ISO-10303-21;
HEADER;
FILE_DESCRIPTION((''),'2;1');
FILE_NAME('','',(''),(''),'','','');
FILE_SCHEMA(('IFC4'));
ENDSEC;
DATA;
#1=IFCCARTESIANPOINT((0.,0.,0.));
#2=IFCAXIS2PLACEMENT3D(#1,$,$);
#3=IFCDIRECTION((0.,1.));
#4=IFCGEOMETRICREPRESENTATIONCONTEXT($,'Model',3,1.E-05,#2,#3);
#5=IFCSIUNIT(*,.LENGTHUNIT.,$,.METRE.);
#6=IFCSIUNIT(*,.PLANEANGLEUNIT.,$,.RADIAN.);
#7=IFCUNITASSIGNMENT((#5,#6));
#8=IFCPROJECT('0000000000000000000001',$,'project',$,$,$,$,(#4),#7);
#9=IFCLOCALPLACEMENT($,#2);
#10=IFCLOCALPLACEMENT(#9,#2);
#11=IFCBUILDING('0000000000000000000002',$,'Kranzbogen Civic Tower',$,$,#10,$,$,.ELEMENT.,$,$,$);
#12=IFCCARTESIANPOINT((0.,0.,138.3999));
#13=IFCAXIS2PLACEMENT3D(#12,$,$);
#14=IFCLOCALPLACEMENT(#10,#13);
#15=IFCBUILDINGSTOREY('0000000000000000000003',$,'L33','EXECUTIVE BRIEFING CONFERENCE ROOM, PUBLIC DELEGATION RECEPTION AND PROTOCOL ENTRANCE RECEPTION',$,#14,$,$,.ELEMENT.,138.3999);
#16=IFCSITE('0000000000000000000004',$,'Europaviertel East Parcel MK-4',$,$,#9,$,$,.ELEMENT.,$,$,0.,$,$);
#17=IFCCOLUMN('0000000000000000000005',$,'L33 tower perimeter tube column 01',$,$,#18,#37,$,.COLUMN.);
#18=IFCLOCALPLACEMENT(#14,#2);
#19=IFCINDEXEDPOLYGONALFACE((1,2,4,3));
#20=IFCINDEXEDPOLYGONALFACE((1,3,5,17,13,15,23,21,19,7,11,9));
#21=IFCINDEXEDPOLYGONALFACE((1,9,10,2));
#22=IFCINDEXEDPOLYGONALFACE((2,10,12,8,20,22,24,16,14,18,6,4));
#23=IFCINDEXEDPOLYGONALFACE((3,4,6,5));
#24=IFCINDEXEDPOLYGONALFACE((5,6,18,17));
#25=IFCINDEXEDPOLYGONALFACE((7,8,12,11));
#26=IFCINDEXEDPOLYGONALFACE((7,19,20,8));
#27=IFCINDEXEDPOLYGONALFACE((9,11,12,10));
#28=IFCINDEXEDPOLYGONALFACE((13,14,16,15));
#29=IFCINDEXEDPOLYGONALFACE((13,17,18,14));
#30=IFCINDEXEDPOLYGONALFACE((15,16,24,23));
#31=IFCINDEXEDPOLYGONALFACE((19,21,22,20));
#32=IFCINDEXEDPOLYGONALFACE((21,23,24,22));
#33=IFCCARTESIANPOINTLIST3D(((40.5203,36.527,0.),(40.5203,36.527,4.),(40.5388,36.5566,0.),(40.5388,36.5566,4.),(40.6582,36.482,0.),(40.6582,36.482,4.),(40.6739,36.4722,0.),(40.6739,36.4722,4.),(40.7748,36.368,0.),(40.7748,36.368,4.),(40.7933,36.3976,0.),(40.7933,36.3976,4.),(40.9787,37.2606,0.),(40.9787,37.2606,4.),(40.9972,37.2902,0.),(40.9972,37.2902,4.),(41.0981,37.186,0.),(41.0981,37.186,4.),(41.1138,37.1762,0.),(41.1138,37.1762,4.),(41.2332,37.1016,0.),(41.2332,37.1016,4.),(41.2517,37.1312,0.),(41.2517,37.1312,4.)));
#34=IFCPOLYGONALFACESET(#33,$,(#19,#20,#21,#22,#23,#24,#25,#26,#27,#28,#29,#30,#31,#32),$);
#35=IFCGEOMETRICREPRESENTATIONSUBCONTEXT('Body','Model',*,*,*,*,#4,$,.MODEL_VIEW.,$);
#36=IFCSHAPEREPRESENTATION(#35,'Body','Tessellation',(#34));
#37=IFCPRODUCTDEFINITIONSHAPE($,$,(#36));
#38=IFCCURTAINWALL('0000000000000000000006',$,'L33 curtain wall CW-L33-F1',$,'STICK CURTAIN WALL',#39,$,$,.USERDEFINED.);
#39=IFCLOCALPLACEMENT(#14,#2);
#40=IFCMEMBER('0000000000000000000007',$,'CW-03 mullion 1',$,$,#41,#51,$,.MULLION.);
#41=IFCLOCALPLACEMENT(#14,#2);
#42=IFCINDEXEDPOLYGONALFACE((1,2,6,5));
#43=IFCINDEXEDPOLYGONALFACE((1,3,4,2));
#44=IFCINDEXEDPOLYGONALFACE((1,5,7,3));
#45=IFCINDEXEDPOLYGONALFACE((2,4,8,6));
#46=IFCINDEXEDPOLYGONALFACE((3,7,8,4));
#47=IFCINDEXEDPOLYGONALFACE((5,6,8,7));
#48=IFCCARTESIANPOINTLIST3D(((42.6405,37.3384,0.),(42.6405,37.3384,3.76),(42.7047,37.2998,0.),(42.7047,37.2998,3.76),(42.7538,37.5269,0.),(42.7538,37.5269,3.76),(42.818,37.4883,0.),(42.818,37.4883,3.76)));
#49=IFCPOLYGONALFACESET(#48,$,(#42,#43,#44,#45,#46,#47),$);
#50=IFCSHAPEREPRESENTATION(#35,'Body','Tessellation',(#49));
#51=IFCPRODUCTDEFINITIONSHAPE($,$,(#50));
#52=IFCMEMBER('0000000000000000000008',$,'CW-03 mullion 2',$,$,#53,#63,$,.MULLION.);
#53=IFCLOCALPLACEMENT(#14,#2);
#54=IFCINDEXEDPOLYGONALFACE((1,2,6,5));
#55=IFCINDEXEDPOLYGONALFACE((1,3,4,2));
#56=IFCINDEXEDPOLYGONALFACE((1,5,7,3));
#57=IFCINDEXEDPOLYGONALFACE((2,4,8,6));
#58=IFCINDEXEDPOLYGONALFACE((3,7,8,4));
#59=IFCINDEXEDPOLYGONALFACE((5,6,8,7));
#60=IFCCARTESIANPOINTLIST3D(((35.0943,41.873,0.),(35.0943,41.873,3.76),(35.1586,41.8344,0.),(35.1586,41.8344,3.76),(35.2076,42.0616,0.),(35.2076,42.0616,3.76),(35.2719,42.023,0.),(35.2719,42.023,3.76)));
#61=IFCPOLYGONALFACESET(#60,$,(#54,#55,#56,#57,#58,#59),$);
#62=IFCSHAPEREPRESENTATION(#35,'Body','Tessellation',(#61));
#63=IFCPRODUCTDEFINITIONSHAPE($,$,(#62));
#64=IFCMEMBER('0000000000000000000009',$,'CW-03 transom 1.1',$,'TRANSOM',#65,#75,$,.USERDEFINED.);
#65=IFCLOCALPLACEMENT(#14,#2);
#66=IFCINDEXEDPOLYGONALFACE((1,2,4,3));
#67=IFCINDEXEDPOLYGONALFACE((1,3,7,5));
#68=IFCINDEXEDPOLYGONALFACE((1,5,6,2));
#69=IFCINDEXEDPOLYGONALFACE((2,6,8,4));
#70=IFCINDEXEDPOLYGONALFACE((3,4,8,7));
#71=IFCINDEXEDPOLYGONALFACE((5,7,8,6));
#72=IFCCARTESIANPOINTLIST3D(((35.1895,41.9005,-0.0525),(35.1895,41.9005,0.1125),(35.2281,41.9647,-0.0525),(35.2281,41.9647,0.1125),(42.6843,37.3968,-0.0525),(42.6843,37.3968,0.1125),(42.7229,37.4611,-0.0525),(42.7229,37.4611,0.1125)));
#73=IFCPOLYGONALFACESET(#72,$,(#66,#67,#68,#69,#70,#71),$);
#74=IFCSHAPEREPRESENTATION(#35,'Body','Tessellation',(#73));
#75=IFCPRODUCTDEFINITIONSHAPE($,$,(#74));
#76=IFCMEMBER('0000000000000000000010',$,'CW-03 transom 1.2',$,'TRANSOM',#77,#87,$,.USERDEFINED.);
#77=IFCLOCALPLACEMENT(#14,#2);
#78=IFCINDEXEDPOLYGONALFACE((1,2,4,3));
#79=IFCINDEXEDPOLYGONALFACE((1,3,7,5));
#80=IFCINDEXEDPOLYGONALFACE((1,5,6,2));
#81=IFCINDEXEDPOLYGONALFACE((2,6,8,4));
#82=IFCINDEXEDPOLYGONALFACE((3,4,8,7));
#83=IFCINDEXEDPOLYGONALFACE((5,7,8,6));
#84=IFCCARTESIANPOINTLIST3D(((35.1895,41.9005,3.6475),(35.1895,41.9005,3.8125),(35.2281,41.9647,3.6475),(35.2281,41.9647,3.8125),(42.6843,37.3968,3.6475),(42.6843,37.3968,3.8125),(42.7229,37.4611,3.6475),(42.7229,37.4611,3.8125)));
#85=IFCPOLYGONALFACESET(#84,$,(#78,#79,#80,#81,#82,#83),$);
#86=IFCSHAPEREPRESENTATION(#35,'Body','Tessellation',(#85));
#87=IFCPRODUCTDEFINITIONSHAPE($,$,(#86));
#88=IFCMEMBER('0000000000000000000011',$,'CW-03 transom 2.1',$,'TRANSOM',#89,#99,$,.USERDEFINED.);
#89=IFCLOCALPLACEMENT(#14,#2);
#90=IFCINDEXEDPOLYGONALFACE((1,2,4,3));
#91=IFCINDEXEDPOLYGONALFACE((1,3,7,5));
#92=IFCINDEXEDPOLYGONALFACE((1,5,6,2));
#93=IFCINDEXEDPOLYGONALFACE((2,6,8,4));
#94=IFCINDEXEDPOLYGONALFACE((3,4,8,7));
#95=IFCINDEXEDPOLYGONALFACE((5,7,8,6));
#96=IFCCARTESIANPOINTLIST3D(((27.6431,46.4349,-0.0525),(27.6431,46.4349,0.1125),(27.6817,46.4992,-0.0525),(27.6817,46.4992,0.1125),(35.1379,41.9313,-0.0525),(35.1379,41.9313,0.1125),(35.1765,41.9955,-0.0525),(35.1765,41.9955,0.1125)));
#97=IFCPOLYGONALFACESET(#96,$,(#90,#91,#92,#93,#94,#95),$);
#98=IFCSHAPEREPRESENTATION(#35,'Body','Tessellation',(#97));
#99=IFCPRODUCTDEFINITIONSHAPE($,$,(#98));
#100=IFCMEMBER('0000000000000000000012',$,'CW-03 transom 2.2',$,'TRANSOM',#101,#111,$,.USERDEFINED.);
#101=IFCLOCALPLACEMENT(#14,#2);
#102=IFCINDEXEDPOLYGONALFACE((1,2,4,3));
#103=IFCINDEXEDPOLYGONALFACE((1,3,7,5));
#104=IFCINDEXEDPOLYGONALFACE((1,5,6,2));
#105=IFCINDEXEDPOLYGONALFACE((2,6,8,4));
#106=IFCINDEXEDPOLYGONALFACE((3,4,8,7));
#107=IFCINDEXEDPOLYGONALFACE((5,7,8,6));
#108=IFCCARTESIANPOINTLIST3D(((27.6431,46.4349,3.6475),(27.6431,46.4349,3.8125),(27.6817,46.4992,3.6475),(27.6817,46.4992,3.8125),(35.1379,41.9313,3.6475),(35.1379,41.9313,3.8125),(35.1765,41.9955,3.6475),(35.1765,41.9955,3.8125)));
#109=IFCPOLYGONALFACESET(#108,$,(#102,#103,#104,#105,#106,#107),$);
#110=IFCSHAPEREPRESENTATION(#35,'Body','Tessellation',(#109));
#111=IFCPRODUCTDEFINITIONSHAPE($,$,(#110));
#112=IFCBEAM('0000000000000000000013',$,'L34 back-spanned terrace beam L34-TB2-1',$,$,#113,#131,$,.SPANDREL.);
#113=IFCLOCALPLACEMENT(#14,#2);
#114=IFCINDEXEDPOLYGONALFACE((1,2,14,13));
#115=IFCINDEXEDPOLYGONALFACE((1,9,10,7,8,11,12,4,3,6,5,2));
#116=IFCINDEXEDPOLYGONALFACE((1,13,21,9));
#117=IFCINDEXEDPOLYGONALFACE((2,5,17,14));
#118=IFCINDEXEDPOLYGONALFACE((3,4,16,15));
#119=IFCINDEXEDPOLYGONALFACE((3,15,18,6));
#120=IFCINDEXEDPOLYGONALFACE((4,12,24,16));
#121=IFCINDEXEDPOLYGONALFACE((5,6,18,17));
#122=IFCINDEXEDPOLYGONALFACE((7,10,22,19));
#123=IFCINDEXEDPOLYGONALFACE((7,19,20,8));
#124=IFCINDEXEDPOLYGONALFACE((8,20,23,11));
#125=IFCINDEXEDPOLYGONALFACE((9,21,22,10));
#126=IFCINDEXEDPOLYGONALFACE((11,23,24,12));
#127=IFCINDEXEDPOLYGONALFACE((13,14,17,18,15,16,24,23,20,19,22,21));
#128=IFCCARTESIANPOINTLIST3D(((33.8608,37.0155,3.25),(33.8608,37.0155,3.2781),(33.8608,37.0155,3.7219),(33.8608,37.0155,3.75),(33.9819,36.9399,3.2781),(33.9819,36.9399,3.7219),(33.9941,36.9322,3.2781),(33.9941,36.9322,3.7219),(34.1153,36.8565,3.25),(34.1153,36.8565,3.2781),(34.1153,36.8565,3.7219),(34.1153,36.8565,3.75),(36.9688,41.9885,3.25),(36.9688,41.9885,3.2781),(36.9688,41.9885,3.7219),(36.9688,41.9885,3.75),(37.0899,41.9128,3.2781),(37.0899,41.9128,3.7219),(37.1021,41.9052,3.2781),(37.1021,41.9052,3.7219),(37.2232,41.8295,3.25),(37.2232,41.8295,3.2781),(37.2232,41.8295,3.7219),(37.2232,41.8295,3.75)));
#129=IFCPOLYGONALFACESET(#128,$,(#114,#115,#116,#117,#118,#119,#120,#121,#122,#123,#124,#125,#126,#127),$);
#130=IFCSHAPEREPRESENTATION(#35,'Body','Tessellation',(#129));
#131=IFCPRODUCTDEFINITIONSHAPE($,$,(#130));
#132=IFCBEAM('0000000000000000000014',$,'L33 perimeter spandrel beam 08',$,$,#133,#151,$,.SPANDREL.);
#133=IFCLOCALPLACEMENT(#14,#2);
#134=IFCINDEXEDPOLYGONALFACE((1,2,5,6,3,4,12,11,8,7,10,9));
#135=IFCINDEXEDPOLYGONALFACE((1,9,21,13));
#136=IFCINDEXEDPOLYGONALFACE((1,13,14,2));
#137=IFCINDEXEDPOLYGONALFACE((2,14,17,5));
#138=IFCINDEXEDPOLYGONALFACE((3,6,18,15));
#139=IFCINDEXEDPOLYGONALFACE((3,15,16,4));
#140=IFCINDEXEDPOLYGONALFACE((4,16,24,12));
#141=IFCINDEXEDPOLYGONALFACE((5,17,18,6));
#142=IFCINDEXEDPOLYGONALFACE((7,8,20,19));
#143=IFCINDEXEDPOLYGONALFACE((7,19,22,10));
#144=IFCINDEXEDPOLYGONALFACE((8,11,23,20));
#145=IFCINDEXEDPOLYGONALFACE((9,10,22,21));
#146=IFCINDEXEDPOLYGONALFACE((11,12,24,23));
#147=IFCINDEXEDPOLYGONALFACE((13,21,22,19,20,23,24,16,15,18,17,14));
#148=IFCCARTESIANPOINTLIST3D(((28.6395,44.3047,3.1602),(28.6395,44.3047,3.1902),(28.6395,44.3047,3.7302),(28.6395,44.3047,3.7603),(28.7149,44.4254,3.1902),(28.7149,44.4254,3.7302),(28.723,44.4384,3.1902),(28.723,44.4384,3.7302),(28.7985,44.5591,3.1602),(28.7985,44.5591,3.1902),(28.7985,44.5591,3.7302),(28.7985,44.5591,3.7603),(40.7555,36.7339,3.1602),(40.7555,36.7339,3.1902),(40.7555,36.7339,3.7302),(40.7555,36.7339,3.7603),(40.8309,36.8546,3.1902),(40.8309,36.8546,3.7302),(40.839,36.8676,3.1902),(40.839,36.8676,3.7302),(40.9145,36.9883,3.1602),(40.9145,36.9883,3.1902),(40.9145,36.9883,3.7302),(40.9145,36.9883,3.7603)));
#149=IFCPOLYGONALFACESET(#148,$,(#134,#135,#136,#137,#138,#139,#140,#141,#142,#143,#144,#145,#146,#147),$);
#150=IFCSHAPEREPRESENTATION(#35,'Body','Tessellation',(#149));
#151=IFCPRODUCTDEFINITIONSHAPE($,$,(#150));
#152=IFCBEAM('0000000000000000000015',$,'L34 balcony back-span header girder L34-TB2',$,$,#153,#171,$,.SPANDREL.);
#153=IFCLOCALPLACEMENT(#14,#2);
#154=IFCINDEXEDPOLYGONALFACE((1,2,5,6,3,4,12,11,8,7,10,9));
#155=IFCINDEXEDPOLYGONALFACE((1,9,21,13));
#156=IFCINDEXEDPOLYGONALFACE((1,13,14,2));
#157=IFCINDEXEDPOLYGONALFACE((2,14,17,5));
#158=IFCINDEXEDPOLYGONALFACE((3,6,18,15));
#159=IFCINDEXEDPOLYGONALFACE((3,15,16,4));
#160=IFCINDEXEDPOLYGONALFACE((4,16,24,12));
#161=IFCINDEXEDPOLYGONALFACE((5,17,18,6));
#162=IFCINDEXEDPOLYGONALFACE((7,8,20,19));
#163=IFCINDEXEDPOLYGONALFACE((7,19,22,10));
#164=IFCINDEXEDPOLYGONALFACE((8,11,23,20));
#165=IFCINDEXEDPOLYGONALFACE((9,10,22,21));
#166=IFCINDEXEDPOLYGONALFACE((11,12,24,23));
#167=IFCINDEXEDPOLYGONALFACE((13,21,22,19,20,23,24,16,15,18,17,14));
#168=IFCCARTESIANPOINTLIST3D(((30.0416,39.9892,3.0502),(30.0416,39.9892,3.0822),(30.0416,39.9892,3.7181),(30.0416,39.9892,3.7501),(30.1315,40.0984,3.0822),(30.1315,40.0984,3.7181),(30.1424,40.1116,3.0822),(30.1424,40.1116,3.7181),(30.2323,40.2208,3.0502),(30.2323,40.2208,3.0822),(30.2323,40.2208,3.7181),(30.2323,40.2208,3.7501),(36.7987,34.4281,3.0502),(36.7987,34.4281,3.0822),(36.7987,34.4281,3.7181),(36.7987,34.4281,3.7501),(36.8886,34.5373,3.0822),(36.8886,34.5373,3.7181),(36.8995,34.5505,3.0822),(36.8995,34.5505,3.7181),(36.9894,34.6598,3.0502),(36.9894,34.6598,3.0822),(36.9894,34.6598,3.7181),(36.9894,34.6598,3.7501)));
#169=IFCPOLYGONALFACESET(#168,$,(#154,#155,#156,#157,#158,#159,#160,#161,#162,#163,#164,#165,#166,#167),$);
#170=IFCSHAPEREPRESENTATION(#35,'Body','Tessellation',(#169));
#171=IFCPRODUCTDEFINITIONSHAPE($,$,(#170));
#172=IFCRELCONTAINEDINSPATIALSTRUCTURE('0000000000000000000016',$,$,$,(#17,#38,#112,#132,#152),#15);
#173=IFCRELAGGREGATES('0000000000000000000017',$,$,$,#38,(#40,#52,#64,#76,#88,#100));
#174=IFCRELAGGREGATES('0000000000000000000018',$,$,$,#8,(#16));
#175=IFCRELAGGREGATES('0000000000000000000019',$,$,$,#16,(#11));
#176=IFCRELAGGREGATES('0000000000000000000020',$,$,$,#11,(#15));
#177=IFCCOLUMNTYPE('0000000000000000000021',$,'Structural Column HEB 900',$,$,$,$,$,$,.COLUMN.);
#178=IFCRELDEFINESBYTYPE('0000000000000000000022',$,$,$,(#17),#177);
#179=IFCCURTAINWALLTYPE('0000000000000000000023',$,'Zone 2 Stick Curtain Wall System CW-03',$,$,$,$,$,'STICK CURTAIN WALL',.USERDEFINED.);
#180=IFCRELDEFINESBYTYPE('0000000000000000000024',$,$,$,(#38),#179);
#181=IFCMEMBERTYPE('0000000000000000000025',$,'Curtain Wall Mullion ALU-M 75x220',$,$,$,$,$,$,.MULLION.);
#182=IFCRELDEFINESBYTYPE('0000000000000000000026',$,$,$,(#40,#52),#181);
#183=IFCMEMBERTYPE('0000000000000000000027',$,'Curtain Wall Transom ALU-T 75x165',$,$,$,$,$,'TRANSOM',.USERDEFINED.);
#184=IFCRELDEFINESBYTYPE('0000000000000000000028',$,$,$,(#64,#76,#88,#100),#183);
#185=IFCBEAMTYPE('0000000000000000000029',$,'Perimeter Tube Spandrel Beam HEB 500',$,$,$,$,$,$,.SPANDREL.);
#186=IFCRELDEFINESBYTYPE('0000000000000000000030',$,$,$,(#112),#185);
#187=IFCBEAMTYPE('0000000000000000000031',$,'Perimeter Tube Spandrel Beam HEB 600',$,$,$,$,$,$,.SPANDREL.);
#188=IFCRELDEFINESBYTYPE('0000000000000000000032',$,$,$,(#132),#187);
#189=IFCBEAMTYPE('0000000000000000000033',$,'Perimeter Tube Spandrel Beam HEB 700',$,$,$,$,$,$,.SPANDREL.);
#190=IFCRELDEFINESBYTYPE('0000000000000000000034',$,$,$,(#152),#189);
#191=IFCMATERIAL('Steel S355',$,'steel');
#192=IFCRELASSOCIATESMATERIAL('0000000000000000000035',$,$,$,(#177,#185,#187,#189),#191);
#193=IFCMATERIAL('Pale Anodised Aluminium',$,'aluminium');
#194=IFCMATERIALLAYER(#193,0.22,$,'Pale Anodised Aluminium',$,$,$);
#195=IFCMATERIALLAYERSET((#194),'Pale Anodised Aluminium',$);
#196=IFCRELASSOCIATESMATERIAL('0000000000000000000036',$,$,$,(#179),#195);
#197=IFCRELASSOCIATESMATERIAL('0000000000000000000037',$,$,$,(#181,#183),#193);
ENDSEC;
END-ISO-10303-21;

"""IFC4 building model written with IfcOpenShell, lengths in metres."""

from ifc_helpers import new_model, si_unit, direction, frame, origin, origin_2d, place, context, subcontext, project, spatial, rectangle, i_section, extrude, material, layer, layer_set, material_profile, profile_set, type_object, element, aggregate, save


model = new_model("IFC4")

# Units and contexts
model_context = context("Model", 3, precision=1e-05, world=origin(), true_north=direction((0.0, 1.0)))
body_context = subcontext(model_context, "Body", "Model", "MODEL_VIEW")
ifc_project = project(units=[si_unit("LENGTHUNIT", "METRE"), si_unit("PLANEANGLEUNIT", "RADIAN")], contexts=[model_context])

# Site, building, storey
site_placement = place(None, origin())
site = spatial("IfcSite", under=ifc_project, at=site_placement, Name="Europaviertel East Parcel MK-4", CompositionType="ELEMENT", RefElevation=0.0)
building_placement = place(site_placement, origin())
building = spatial("IfcBuilding", under=site, at=building_placement, Name="Kranzbogen Civic Tower", CompositionType="ELEMENT")
storey_placement = place(building_placement, frame((0.0, 0.0, 138.3999)))
storey = spatial("IfcBuildingStorey", under=building, at=storey_placement, Name="L33", Description="EXECUTIVE BRIEFING CONFERENCE ROOM, PUBLIC DELEGATION RECEPTION AND PROTOCOL ENTRANCE RECEPTION", CompositionType="ELEMENT", Elevation=138.3999)

# Column
ifc_material_1 = material(Name="Steel S355", Category="steel")
ifc_material_profile_1 = material_profile(ifc_material_1, i_section(OverallWidth=0.3, OverallDepth=0.8999, WebThickness=0.0186, FlangeThickness=0.0349, at=origin_2d()), Name="HEB 900")
ifc_profile_set_1 = profile_set([ifc_material_profile_1], Name="Steel S355")
column_type = type_object("IfcColumnType", Name="Structural Column HEB 900", PredefinedType="COLUMN", material=ifc_profile_set_1)
column_placement = place(storey_placement, frame((40.886, 36.8291, 0.0), z_axis=(0.0, 0.0, 1.0), x_axis=(-0.848048, 0.529919, 0.0)))
element("IfcColumn", 1, at=column_placement, inside=storey, type_object=column_type, Name="L33 tower perimeter tube column 01", PredefinedType="COLUMN", context=body_context, shape_type="SweptSolid", body=[
    extrude(i_section(OverallWidth=0.3, OverallDepth=0.8999, WebThickness=0.0186, FlangeThickness=0.0349, at=origin_2d()), origin(), (0.0, 0.0, 1.0), 4.0),
])

# Curtain wall, members
ifc_material_2 = material(Name="Pale Anodised Aluminium", Category="aluminium")
ifc_layer_1 = layer(ifc_material_2, 0.22, Name="Pale Anodised Aluminium")
ifc_layer_set_1 = layer_set([ifc_layer_1], Name="Pale Anodised Aluminium")
curtain_wall_type = type_object("IfcCurtainWallType", Name="Zone 2 Stick Curtain Wall System CW-03", ElementType="STICK CURTAIN WALL", PredefinedType="USERDEFINED", material=ifc_layer_set_1)
curtain_wall_placement = place(storey_placement, origin())
curtain_wall = element("IfcCurtainWall", 2, at=curtain_wall_placement, inside=storey, type_object=curtain_wall_type, Name="L33 curtain wall CW-L33-F1", ObjectType="STICK CURTAIN WALL", PredefinedType="USERDEFINED")
ifc_material_profile_2 = material_profile(ifc_material_2, rectangle(XDim=0.075, YDim=0.22, at=origin_2d()), Name="ALU-M 75x220")
ifc_profile_set_2 = profile_set([ifc_material_profile_2], Name="Pale Anodised Aluminium")
member_type_1 = type_object("IfcMemberType", Name="Curtain Wall Mullion ALU-M 75x220", PredefinedType="MULLION", material=ifc_profile_set_2)
member_1_placement = place(storey_placement, frame((42.7292, 37.4133, 0.0), z_axis=(0.0, 0.0, 1.0), x_axis=(-0.857153, 0.515062, 0.0)))
member_1 = element("IfcMember", 3, at=member_1_placement, type_object=member_type_1, Name="CW-03 mullion 1", PredefinedType="MULLION", context=body_context, shape_type="SweptSolid", body=[
    extrude(rectangle(XDim=0.075, YDim=0.22, at=origin_2d()), origin(), (0.0, 0.0, 1.0), 3.76),
])
member_2_placement = place(storey_placement, frame((35.1831, 41.948, 0.0), z_axis=(0.0, 0.0, 1.0), x_axis=(-0.857153, 0.515062, 0.0)))
member_2 = element("IfcMember", 4, at=member_2_placement, type_object=member_type_1, Name="CW-03 mullion 2", PredefinedType="MULLION", context=body_context, shape_type="SweptSolid", body=[
    extrude(rectangle(XDim=0.075, YDim=0.22, at=origin_2d()), origin(), (0.0, 0.0, 1.0), 3.76),
])
ifc_material_profile_3 = material_profile(ifc_material_2, rectangle(XDim=0.075, YDim=0.165, at=origin_2d()), Name="ALU-T 75x165")
ifc_profile_set_3 = profile_set([ifc_material_profile_3], Name="Pale Anodised Aluminium")
member_type_2 = type_object("IfcMemberType", Name="Curtain Wall Transom ALU-T 75x165", ElementType="TRANSOM", PredefinedType="USERDEFINED", material=ifc_profile_set_3)
member_3_placement = place(storey_placement, frame((42.7036, 37.429, 0.03), z_axis=(-0.857153, 0.515062, 0.0), x_axis=(-0.515062, -0.857153, 0.0)))
member_3 = element("IfcMember", 5, at=member_3_placement, type_object=member_type_2, Name="CW-03 transom 1.1", ObjectType="TRANSOM", PredefinedType="USERDEFINED", context=body_context, shape_type="SweptSolid", body=[
    extrude(rectangle(XDim=0.075, YDim=0.165, at=origin_2d()), origin(), (0.0, 0.0, 1.0), 8.7439),
])
member_4_placement = place(storey_placement, frame((42.7036, 37.429, 3.73), z_axis=(-0.857153, 0.515062, 0.0), x_axis=(-0.515062, -0.857153, 0.0)))
member_4 = element("IfcMember", 6, at=member_4_placement, type_object=member_type_2, Name="CW-03 transom 1.2", ObjectType="TRANSOM", PredefinedType="USERDEFINED", context=body_context, shape_type="SweptSolid", body=[
    extrude(rectangle(XDim=0.075, YDim=0.165, at=origin_2d()), origin(), (0.0, 0.0, 1.0), 8.7439),
])
member_5_placement = place(storey_placement, frame((35.1572, 41.9634, 0.03), z_axis=(-0.857153, 0.515062, 0.0), x_axis=(-0.515062, -0.857153, 0.0)))
member_5 = element("IfcMember", 7, at=member_5_placement, type_object=member_type_2, Name="CW-03 transom 2.1", ObjectType="TRANSOM", PredefinedType="USERDEFINED", context=body_context, shape_type="SweptSolid", body=[
    extrude(rectangle(XDim=0.075, YDim=0.165, at=origin_2d()), origin(), (0.0, 0.0, 1.0), 8.7439),
])
member_6_placement = place(storey_placement, frame((35.1572, 41.9634, 3.73), z_axis=(-0.857153, 0.515062, 0.0), x_axis=(-0.515062, -0.857153, 0.0)))
member_6 = element("IfcMember", 8, at=member_6_placement, type_object=member_type_2, Name="CW-03 transom 2.2", ObjectType="TRANSOM", PredefinedType="USERDEFINED", context=body_context, shape_type="SweptSolid", body=[
    extrude(rectangle(XDim=0.075, YDim=0.165, at=origin_2d()), origin(), (0.0, 0.0, 1.0), 8.7439),
])

# Beams
ifc_material_profile_4 = material_profile(ifc_material_1, i_section(OverallWidth=0.3, OverallDepth=0.5, WebThickness=0.0144, FlangeThickness=0.0281, at=origin_2d()), Name="HEB 500")
ifc_profile_set_4 = profile_set([ifc_material_profile_4], Name="Steel S355")
beam_type_1 = type_object("IfcBeamType", Name="Perimeter Tube Spandrel Beam HEB 500", PredefinedType="SPANDREL", material=ifc_profile_set_4)
beam_1_placement = place(storey_placement, frame((33.988, 36.936, 3.5), z_axis=(0.52998, 0.84801, 0.0), x_axis=(-0.84801, 0.52998, 0.0)))
element("IfcBeam", 9, at=beam_1_placement, inside=storey, type_object=beam_type_1, Name="L34 back-spanned terrace beam L34-TB2-1", PredefinedType="SPANDREL", context=body_context, shape_type="SweptSolid", body=[
    extrude(i_section(OverallWidth=0.3, OverallDepth=0.5, WebThickness=0.0144, FlangeThickness=0.0281, at=origin_2d()), origin(), (0.0, 0.0, 1.0), 5.8643),
])
ifc_material_profile_5 = material_profile(ifc_material_1, i_section(OverallWidth=0.3, OverallDepth=0.6001, WebThickness=0.0154, FlangeThickness=0.03, at=origin_2d()), Name="HEB 600")
ifc_profile_set_5 = profile_set([ifc_material_profile_5], Name="Steel S355")
beam_type_2 = type_object("IfcBeamType", Name="Perimeter Tube Spandrel Beam HEB 600", PredefinedType="SPANDREL", material=ifc_profile_set_5)
beam_2_placement = place(storey_placement, frame((40.835, 36.8611, 3.4602), z_axis=(-0.848051, 0.529914, 0.0), x_axis=(-0.529914, -0.848051, 0.0)))
element("IfcBeam", 10, at=beam_2_placement, inside=storey, type_object=beam_type_2, Name="L33 perimeter spandrel beam 08", PredefinedType="SPANDREL", context=body_context, shape_type="SweptSolid", body=[
    extrude(i_section(OverallWidth=0.3, OverallDepth=0.6001, WebThickness=0.0154, FlangeThickness=0.03, at=origin_2d()), origin(), (0.0, 0.0, 1.0), 14.2869),
])
ifc_material_profile_6 = material_profile(ifc_material_1, i_section(OverallWidth=0.3, OverallDepth=0.7, WebThickness=0.0171, FlangeThickness=0.032, at=origin_2d()), Name="HEB 700")
ifc_profile_set_6 = profile_set([ifc_material_profile_6], Name="Steel S355")
beam_type_3 = type_object("IfcBeamType", Name="Perimeter Tube Spandrel Beam HEB 700", PredefinedType="SPANDREL", material=ifc_profile_set_6)
beam_3_placement = place(storey_placement, frame((36.894, 34.5439, 3.4001), z_axis=(-0.772133, 0.635461, 0.0), x_axis=(-0.635461, -0.772133, 0.0)))
element("IfcBeam", 11, at=beam_3_placement, inside=storey, type_object=beam_type_3, Name="L34 balcony back-span header girder L34-TB2", PredefinedType="SPANDREL", context=body_context, shape_type="SweptSolid", body=[
    extrude(i_section(OverallWidth=0.3, OverallDepth=0.7, WebThickness=0.0171, FlangeThickness=0.032, at=origin_2d()), origin(), (0.0, 0.0, 1.0), 8.7512),
])

aggregate(curtain_wall, [member_1, member_2, member_3, member_4, member_5, member_6])

save(model, "model.ifc")
